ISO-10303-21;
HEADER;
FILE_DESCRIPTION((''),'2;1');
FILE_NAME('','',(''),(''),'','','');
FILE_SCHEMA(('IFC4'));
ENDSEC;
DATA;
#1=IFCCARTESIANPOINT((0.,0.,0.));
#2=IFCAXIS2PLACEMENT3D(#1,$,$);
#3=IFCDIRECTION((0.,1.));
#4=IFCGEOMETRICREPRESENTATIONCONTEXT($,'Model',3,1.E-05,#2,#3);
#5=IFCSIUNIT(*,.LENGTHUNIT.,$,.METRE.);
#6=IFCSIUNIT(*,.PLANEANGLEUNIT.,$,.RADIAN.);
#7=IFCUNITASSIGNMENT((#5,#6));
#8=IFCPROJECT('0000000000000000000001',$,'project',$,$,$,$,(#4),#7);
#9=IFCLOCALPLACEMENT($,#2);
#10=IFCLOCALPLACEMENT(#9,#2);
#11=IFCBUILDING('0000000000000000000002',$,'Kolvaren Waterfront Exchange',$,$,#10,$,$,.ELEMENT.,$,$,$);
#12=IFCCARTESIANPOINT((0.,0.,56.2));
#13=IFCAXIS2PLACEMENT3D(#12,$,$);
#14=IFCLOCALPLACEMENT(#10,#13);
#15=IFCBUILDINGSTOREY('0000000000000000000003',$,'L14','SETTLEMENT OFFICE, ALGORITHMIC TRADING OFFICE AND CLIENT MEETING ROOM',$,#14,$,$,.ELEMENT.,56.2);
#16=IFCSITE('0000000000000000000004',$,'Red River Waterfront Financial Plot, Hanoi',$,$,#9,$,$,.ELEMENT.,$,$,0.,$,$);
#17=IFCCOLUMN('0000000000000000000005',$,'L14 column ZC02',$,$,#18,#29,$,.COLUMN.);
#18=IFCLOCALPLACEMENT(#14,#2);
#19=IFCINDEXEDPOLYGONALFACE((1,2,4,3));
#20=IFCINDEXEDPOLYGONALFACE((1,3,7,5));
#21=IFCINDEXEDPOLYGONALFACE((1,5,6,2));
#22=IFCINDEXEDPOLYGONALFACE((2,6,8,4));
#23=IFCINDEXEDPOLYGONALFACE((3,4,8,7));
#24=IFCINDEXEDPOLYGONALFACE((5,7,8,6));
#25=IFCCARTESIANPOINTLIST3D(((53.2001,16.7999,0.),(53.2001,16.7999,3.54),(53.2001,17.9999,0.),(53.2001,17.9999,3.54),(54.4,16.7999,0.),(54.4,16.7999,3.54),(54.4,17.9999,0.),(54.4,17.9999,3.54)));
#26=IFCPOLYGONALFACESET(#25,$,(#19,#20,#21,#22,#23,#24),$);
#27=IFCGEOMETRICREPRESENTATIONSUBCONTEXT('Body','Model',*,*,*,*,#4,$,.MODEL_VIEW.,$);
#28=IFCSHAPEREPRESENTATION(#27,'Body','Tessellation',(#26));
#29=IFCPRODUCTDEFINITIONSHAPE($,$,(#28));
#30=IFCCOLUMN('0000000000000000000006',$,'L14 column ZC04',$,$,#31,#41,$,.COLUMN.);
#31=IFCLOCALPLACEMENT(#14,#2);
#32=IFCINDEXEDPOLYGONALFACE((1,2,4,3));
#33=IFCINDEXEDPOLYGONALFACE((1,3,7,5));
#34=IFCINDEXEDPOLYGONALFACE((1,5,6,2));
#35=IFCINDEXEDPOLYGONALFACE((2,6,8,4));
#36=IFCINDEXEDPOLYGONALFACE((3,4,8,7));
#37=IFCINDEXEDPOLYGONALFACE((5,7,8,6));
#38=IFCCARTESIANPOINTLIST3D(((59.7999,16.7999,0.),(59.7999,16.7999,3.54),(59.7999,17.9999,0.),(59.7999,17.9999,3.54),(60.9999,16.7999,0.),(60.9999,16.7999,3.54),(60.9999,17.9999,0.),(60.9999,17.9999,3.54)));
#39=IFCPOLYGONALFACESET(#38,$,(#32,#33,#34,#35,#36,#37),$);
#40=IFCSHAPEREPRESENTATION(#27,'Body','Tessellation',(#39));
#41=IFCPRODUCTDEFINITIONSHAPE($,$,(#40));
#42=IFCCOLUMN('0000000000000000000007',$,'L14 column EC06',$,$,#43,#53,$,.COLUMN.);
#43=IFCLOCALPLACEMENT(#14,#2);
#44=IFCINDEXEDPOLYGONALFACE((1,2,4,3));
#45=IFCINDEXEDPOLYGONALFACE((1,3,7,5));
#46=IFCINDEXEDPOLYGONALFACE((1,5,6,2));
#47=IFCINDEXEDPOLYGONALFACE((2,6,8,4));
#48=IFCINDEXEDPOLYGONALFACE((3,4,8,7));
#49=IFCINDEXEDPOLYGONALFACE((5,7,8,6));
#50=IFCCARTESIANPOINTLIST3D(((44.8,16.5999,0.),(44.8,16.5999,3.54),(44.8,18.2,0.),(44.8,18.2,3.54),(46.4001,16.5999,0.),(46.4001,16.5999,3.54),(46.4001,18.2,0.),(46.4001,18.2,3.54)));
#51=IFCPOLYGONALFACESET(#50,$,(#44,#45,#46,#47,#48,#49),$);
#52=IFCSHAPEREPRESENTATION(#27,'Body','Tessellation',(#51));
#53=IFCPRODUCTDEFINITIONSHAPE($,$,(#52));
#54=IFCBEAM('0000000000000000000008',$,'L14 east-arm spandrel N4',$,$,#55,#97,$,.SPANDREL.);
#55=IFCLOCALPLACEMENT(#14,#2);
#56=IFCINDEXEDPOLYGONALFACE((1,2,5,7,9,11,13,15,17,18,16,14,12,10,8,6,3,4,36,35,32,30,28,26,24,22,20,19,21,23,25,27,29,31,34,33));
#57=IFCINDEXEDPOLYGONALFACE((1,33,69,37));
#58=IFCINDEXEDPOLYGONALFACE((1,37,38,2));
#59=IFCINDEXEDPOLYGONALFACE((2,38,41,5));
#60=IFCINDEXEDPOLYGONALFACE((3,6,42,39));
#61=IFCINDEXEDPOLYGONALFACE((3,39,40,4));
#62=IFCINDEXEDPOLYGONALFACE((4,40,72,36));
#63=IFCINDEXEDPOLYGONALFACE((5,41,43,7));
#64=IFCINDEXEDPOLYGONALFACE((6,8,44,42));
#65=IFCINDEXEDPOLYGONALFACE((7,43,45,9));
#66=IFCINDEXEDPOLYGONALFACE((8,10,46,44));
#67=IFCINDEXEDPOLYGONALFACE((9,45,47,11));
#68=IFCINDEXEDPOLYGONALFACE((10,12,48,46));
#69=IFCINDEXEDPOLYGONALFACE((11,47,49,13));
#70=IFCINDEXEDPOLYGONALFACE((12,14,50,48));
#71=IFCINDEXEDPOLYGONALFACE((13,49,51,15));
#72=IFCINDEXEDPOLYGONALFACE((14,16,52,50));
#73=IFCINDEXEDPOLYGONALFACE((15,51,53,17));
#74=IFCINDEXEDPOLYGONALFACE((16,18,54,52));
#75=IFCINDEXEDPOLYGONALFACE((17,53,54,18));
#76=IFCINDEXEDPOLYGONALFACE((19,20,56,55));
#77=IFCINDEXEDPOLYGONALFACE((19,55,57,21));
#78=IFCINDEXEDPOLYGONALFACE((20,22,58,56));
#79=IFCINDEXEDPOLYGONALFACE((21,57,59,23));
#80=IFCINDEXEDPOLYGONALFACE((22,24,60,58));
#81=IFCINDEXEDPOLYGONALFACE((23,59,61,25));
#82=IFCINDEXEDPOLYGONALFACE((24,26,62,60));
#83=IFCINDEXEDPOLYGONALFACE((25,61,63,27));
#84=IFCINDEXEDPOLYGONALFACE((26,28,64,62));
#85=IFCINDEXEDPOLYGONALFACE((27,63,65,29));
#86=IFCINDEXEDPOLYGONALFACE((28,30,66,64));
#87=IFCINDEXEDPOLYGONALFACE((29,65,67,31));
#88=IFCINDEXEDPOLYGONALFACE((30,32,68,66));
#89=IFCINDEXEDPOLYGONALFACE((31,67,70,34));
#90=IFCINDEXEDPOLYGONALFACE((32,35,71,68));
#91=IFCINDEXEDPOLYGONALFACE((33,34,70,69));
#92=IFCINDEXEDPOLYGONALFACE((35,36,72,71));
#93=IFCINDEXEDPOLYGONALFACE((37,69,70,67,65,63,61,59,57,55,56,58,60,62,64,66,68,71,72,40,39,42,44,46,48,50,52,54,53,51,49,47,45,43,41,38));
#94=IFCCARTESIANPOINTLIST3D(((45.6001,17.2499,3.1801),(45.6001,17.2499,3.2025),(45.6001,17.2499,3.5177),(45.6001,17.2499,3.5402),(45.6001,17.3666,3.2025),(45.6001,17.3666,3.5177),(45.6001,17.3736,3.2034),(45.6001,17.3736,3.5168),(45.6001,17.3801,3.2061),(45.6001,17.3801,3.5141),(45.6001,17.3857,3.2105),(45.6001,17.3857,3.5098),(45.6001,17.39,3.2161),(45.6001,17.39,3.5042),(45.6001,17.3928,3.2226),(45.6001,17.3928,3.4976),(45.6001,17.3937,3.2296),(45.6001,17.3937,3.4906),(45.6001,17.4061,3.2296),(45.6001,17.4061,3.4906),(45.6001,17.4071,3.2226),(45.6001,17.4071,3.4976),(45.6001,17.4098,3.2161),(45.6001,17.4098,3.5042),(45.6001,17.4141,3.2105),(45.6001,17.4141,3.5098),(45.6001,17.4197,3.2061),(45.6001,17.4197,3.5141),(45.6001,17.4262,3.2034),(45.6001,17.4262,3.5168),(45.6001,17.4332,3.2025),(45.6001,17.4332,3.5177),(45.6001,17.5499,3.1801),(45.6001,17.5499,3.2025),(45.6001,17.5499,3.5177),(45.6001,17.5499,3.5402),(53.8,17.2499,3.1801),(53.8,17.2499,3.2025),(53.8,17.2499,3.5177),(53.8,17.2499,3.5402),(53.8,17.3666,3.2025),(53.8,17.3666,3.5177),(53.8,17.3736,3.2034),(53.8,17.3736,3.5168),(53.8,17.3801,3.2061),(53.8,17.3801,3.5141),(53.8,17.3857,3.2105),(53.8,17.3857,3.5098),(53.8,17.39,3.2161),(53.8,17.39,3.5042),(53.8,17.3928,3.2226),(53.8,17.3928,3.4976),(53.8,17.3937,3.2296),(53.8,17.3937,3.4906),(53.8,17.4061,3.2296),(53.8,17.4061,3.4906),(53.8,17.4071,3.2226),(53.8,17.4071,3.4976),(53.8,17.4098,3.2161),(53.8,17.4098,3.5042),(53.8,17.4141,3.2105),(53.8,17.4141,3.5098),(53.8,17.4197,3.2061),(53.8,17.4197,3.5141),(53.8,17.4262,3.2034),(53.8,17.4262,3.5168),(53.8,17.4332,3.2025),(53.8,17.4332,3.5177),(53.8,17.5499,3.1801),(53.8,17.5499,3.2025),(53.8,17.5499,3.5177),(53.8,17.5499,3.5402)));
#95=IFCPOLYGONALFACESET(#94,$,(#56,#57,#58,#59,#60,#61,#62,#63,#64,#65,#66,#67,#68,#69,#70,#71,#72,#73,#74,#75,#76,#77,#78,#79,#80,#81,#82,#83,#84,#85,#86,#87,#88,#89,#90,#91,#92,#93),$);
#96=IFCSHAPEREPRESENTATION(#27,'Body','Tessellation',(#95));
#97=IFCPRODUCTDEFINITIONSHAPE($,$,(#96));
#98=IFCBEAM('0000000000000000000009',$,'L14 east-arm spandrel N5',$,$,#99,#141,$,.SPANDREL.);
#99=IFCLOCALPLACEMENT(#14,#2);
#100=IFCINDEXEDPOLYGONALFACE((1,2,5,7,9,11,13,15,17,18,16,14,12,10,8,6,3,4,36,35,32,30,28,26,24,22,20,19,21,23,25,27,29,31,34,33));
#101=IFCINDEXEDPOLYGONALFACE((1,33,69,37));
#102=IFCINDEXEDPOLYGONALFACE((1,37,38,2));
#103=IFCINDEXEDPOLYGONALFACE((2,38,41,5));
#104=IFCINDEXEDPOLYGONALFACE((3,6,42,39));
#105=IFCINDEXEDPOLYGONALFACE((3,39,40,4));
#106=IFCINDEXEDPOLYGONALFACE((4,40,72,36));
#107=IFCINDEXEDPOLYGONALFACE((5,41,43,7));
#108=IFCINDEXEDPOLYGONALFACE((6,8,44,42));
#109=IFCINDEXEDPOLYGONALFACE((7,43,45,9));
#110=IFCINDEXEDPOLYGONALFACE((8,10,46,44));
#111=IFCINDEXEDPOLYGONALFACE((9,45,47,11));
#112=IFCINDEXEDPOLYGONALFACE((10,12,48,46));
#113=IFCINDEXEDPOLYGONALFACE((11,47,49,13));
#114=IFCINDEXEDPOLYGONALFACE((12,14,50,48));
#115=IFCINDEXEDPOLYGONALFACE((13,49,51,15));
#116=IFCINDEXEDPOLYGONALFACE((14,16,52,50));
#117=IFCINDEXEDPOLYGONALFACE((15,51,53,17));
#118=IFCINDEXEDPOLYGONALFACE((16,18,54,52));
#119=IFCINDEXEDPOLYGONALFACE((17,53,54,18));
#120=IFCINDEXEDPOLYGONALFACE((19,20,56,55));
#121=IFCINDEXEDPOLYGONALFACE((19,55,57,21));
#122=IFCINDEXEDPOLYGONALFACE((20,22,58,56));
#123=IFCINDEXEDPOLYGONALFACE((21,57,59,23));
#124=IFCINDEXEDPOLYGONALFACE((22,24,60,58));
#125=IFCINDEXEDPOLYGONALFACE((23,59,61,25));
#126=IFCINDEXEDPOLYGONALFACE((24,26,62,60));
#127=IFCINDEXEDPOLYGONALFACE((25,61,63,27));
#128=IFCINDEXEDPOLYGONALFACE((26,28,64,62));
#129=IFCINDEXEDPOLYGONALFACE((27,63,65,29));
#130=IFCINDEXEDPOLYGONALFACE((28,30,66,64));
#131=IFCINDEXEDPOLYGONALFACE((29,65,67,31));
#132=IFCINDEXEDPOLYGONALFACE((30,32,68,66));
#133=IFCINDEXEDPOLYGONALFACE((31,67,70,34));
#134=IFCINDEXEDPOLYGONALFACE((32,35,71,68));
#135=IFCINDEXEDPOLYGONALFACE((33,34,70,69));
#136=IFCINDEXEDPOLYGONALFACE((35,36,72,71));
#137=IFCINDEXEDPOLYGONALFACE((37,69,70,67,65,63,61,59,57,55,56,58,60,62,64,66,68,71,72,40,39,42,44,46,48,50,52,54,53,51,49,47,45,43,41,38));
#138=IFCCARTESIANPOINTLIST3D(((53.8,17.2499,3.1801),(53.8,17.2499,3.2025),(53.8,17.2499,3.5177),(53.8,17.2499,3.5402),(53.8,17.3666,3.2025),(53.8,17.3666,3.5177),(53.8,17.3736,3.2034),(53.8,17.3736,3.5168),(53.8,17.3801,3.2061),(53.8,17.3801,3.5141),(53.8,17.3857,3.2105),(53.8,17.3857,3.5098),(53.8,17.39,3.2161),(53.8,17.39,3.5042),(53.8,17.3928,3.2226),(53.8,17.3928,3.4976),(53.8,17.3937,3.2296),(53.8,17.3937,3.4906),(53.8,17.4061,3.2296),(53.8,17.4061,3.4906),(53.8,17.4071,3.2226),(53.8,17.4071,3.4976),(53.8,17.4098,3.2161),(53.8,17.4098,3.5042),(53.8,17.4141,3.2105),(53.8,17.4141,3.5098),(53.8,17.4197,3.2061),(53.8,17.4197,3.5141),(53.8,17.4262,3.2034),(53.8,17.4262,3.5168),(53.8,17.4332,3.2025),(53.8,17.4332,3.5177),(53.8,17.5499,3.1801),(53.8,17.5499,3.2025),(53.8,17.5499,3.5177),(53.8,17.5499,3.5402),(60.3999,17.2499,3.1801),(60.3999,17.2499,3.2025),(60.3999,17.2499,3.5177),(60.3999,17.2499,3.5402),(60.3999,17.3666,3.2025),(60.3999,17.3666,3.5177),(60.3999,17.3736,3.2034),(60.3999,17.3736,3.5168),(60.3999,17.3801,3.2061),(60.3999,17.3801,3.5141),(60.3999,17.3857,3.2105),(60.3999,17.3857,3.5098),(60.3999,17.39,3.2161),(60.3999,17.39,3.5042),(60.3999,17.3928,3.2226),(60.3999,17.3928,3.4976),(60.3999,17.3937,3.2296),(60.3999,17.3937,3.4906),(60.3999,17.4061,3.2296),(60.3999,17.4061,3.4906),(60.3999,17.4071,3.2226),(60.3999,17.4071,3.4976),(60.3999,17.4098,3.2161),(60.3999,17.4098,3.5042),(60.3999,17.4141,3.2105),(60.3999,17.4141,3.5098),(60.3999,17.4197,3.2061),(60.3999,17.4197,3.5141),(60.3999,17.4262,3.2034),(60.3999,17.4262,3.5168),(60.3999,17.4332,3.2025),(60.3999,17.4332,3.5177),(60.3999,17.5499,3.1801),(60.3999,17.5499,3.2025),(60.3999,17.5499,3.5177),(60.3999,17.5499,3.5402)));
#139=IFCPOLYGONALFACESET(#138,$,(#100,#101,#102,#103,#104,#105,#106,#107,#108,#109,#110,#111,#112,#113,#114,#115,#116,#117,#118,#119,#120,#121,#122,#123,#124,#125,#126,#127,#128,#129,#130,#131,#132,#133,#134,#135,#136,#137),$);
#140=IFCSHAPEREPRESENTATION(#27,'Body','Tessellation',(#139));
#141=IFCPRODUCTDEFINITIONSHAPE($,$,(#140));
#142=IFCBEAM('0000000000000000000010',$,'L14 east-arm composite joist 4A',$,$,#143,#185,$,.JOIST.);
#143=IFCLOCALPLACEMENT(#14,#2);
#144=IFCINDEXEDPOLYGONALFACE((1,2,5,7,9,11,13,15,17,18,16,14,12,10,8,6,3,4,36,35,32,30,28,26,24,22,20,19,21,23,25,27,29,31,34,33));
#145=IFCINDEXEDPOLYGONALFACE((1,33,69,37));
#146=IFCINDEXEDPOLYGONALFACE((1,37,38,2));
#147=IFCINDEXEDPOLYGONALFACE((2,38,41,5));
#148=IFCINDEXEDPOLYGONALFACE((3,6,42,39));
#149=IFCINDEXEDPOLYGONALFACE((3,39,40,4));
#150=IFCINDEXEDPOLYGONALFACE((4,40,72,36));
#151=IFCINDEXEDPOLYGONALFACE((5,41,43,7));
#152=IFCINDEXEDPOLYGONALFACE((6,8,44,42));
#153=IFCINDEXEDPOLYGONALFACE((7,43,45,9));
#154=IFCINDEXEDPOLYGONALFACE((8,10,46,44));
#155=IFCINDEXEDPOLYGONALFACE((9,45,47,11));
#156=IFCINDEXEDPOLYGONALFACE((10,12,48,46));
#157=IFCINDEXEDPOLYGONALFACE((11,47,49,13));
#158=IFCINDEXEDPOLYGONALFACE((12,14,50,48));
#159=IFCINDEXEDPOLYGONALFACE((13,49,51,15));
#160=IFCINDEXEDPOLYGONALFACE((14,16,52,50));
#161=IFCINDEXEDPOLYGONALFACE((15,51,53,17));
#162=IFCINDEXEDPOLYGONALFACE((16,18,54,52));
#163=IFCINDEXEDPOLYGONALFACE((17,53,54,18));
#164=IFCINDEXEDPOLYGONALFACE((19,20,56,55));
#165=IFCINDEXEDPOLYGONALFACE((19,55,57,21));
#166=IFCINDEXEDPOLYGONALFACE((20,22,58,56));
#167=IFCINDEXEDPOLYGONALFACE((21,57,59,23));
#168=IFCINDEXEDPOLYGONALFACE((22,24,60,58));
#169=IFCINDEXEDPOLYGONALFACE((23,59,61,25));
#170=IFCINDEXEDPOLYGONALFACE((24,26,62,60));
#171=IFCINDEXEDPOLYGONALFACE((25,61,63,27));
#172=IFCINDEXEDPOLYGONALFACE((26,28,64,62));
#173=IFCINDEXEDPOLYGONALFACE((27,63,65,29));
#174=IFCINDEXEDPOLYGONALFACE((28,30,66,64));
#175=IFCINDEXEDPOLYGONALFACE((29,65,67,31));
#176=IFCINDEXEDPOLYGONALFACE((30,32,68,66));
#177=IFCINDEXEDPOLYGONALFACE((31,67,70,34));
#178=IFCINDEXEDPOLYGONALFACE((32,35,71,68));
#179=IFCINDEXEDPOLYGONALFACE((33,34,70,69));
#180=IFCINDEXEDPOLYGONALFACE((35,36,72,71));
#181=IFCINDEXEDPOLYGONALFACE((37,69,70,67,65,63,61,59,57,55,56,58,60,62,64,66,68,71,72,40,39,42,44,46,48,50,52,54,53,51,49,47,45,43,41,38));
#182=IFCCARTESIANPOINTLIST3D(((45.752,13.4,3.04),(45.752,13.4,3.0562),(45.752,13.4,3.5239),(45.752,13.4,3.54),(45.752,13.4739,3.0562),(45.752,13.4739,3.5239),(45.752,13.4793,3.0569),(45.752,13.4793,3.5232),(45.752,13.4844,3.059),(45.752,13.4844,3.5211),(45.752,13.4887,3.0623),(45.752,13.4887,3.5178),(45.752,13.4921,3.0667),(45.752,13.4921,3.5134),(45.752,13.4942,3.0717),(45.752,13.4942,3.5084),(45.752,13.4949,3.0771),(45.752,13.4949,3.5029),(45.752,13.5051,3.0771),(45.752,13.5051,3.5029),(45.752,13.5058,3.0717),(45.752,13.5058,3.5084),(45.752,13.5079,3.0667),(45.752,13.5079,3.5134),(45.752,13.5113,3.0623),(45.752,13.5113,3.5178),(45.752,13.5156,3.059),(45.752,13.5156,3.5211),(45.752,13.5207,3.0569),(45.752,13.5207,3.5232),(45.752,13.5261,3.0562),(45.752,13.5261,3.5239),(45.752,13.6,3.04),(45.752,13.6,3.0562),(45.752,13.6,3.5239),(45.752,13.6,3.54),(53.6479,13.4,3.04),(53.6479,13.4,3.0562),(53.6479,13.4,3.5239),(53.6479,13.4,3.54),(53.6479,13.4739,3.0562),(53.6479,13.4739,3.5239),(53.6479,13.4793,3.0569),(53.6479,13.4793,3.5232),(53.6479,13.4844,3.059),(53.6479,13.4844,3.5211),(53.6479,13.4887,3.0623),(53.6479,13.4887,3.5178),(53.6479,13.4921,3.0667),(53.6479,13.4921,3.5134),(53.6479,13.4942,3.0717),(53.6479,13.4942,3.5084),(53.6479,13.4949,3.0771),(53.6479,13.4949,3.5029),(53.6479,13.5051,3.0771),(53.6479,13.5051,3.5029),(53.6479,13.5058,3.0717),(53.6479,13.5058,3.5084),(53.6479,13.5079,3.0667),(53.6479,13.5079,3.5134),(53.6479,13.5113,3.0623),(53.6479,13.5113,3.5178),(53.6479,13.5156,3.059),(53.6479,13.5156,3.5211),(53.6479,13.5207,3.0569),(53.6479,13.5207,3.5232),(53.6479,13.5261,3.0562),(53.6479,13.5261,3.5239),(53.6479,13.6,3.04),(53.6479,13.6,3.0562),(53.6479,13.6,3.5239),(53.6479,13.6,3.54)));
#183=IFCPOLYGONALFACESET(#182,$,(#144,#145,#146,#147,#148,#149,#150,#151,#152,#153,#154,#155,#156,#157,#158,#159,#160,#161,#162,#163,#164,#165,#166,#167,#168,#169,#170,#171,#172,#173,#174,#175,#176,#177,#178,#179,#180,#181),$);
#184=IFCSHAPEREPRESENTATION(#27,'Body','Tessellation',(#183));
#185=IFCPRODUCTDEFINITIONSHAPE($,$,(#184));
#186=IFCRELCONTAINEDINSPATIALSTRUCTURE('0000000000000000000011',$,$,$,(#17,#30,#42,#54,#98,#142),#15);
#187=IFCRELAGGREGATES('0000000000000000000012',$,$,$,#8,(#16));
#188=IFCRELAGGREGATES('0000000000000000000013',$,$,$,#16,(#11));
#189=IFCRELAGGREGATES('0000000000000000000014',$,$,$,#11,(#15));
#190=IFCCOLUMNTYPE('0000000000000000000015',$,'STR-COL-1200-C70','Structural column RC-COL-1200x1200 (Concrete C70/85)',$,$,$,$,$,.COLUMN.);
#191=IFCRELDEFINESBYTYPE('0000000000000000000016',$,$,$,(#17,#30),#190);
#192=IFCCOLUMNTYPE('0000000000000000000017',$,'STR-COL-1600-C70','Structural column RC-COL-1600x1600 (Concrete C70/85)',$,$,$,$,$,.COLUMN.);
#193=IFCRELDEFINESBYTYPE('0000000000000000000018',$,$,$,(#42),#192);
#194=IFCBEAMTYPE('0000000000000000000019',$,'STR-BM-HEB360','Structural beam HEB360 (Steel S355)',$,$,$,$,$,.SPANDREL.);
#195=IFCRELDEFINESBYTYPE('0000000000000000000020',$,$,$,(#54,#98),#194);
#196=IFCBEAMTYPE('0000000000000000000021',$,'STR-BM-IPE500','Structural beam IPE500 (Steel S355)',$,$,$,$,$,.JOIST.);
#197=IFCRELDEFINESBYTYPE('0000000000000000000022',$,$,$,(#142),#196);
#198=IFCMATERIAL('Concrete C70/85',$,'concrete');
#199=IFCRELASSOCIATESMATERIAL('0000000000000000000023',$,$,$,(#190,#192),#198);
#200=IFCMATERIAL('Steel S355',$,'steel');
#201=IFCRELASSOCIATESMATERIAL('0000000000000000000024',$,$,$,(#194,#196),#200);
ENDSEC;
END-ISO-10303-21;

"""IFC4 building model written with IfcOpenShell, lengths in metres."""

from ifc_helpers import new_model, si_unit, direction, frame, origin, origin_2d, place, context, subcontext, project, spatial, rectangle, i_section, extrude, material, material_profile, profile_set, type_object, element, save


model = new_model("IFC4")

# Units and contexts
model_context = context("Model", 3, precision=1e-05, world=origin(), true_north=direction((0.0, 1.0)))
body_context = subcontext(model_context, "Body", "Model", "MODEL_VIEW")
ifc_project = project(units=[si_unit("LENGTHUNIT", "METRE"), si_unit("PLANEANGLEUNIT", "RADIAN")], contexts=[model_context])

# Site, building, storey
site_placement = place(None, origin())
site = spatial("IfcSite", under=ifc_project, at=site_placement, Name="Red River Waterfront Financial Plot, Hanoi", CompositionType="ELEMENT", RefElevation=0.0)
building_placement = place(site_placement, origin())
building = spatial("IfcBuilding", under=site, at=building_placement, Name="Kolvaren Waterfront Exchange", CompositionType="ELEMENT")
storey_placement = place(building_placement, frame((0.0, 0.0, 56.2)))
storey = spatial("IfcBuildingStorey", under=building, at=storey_placement, Name="L14", Description="SETTLEMENT OFFICE, ALGORITHMIC TRADING OFFICE AND CLIENT MEETING ROOM", CompositionType="ELEMENT", Elevation=56.2)

# Columns
ifc_material_1 = material(Name="Concrete C70/85", Category="concrete")
ifc_material_profile_1 = material_profile(ifc_material_1, rectangle(XDim=1.2, YDim=1.2, at=origin_2d()), Name="RC-COL-1200x1200")
ifc_profile_set_1 = profile_set([ifc_material_profile_1], Name="Concrete C70/85")
column_type_1 = type_object("IfcColumnType", Name="STR-COL-1200-C70", Description="Structural column RC-COL-1200x1200 (Concrete C70/85)", PredefinedType="COLUMN", material=ifc_profile_set_1)
for number, where, z_axis, x_axis, name in (
    (1, (53.8, 17.3999, 0.0), (0.0, 0.0, 1.0), (1.0, 0.0, 0.0), "L14 column ZC02"),
    (2, (60.3999, 17.3999, 0.0), (0.0, 0.0, 1.0), (1.0, 0.0, 0.0), "L14 column ZC04"),
):
    element("IfcColumn", number, at=place(storey_placement, frame(where, z_axis=z_axis, x_axis=x_axis)), inside=storey, type_object=column_type_1, Name=name, PredefinedType="COLUMN", context=body_context, shape_type="SweptSolid", body=[
        extrude(rectangle(XDim=1.2, YDim=1.2, at=origin_2d()), origin(), (0.0, 0.0, 1.0), 3.54),
    ])
ifc_material_profile_2 = material_profile(ifc_material_1, rectangle(XDim=1.6001, YDim=1.6001, at=origin_2d()), Name="RC-COL-1600x1600")
ifc_profile_set_2 = profile_set([ifc_material_profile_2], Name="Concrete C70/85")
column_type_2 = type_object("IfcColumnType", Name="STR-COL-1600-C70", Description="Structural column RC-COL-1600x1600 (Concrete C70/85)", PredefinedType="COLUMN", material=ifc_profile_set_2)
column_placement = place(storey_placement, frame((45.6001, 17.3999, 0.0), z_axis=(0.0, 0.0, 1.0), x_axis=(1.0, 0.0, 0.0)))
element("IfcColumn", 3, at=column_placement, inside=storey, type_object=column_type_2, Name="L14 column EC06", PredefinedType="COLUMN", context=body_context, shape_type="SweptSolid", body=[
    extrude(rectangle(XDim=1.6001, YDim=1.6001, at=origin_2d()), origin(), (0.0, 0.0, 1.0), 3.54),
])

# Beams
ifc_material_2 = material(Name="Steel S355", Category="steel")
ifc_material_profile_3 = material_profile(ifc_material_2, i_section(OverallWidth=0.3, OverallDepth=0.3601, WebThickness=0.0125, FlangeThickness=0.0225, FilletRadius=0.0271, at=origin_2d()), Name="HEB360")
ifc_profile_set_3 = profile_set([ifc_material_profile_3], Name="Steel S355")
beam_type_1 = type_object("IfcBeamType", Name="STR-BM-HEB360", Description="Structural beam HEB360 (Steel S355)", PredefinedType="SPANDREL", material=ifc_profile_set_3)
beam_1_placement = place(storey_placement, frame((45.6001, 17.3999, 3.3601), z_axis=(1.0, 0.0, 0.0), x_axis=(0.0, 1.0, 0.0)))
element("IfcBeam", 4, at=beam_1_placement, inside=storey, type_object=beam_type_1, Name="L14 east-arm spandrel N4", PredefinedType="SPANDREL", context=body_context, shape_type="SweptSolid", body=[
    extrude(i_section(OverallWidth=0.3, OverallDepth=0.3601, WebThickness=0.0125, FlangeThickness=0.0225, FilletRadius=0.0271, at=origin_2d()), origin(), (0.0, 0.0, 1.0), 8.2),
])
beam_2_placement = place(storey_placement, frame((53.8, 17.3999, 3.3601), z_axis=(1.0, 0.0, 0.0), x_axis=(0.0, 1.0, 0.0)))
element("IfcBeam", 5, at=beam_2_placement, inside=storey, type_object=beam_type_1, Name="L14 east-arm spandrel N5", PredefinedType="SPANDREL", context=body_context, shape_type="SweptSolid", body=[
    extrude(i_section(OverallWidth=0.3, OverallDepth=0.3601, WebThickness=0.0125, FlangeThickness=0.0225, FilletRadius=0.0271, at=origin_2d()), origin(), (0.0, 0.0, 1.0), 6.5999),
])
ifc_material_profile_4 = material_profile(ifc_material_2, i_section(OverallWidth=0.2, OverallDepth=0.5, WebThickness=0.0103, FlangeThickness=0.0161, FilletRadius=0.021, at=origin_2d()), Name="IPE500")
ifc_profile_set_4 = profile_set([ifc_material_profile_4], Name="Steel S355")
beam_type_2 = type_object("IfcBeamType", Name="STR-BM-IPE500", Description="Structural beam IPE500 (Steel S355)", PredefinedType="JOIST", material=ifc_profile_set_4)
for number, where, z_axis, x_axis, name in (
    (6, (45.752, 13.5, 3.29), (1.0, 0.0, 0.0), (0.0, 1.0, 0.0), "L14 east-arm composite joist 4A"),
):
    element("IfcBeam", number, at=place(storey_placement, frame(where, z_axis=z_axis, x_axis=x_axis)), inside=storey, type_object=beam_type_2, Name=name, PredefinedType="JOIST", context=body_context, shape_type="SweptSolid", body=[
        extrude(i_section(OverallWidth=0.2, OverallDepth=0.5, WebThickness=0.0103, FlangeThickness=0.0161, FilletRadius=0.021, at=origin_2d()), origin(), (0.0, 0.0, 1.0), 7.896),
    ])

save(model, "model.ifc")
